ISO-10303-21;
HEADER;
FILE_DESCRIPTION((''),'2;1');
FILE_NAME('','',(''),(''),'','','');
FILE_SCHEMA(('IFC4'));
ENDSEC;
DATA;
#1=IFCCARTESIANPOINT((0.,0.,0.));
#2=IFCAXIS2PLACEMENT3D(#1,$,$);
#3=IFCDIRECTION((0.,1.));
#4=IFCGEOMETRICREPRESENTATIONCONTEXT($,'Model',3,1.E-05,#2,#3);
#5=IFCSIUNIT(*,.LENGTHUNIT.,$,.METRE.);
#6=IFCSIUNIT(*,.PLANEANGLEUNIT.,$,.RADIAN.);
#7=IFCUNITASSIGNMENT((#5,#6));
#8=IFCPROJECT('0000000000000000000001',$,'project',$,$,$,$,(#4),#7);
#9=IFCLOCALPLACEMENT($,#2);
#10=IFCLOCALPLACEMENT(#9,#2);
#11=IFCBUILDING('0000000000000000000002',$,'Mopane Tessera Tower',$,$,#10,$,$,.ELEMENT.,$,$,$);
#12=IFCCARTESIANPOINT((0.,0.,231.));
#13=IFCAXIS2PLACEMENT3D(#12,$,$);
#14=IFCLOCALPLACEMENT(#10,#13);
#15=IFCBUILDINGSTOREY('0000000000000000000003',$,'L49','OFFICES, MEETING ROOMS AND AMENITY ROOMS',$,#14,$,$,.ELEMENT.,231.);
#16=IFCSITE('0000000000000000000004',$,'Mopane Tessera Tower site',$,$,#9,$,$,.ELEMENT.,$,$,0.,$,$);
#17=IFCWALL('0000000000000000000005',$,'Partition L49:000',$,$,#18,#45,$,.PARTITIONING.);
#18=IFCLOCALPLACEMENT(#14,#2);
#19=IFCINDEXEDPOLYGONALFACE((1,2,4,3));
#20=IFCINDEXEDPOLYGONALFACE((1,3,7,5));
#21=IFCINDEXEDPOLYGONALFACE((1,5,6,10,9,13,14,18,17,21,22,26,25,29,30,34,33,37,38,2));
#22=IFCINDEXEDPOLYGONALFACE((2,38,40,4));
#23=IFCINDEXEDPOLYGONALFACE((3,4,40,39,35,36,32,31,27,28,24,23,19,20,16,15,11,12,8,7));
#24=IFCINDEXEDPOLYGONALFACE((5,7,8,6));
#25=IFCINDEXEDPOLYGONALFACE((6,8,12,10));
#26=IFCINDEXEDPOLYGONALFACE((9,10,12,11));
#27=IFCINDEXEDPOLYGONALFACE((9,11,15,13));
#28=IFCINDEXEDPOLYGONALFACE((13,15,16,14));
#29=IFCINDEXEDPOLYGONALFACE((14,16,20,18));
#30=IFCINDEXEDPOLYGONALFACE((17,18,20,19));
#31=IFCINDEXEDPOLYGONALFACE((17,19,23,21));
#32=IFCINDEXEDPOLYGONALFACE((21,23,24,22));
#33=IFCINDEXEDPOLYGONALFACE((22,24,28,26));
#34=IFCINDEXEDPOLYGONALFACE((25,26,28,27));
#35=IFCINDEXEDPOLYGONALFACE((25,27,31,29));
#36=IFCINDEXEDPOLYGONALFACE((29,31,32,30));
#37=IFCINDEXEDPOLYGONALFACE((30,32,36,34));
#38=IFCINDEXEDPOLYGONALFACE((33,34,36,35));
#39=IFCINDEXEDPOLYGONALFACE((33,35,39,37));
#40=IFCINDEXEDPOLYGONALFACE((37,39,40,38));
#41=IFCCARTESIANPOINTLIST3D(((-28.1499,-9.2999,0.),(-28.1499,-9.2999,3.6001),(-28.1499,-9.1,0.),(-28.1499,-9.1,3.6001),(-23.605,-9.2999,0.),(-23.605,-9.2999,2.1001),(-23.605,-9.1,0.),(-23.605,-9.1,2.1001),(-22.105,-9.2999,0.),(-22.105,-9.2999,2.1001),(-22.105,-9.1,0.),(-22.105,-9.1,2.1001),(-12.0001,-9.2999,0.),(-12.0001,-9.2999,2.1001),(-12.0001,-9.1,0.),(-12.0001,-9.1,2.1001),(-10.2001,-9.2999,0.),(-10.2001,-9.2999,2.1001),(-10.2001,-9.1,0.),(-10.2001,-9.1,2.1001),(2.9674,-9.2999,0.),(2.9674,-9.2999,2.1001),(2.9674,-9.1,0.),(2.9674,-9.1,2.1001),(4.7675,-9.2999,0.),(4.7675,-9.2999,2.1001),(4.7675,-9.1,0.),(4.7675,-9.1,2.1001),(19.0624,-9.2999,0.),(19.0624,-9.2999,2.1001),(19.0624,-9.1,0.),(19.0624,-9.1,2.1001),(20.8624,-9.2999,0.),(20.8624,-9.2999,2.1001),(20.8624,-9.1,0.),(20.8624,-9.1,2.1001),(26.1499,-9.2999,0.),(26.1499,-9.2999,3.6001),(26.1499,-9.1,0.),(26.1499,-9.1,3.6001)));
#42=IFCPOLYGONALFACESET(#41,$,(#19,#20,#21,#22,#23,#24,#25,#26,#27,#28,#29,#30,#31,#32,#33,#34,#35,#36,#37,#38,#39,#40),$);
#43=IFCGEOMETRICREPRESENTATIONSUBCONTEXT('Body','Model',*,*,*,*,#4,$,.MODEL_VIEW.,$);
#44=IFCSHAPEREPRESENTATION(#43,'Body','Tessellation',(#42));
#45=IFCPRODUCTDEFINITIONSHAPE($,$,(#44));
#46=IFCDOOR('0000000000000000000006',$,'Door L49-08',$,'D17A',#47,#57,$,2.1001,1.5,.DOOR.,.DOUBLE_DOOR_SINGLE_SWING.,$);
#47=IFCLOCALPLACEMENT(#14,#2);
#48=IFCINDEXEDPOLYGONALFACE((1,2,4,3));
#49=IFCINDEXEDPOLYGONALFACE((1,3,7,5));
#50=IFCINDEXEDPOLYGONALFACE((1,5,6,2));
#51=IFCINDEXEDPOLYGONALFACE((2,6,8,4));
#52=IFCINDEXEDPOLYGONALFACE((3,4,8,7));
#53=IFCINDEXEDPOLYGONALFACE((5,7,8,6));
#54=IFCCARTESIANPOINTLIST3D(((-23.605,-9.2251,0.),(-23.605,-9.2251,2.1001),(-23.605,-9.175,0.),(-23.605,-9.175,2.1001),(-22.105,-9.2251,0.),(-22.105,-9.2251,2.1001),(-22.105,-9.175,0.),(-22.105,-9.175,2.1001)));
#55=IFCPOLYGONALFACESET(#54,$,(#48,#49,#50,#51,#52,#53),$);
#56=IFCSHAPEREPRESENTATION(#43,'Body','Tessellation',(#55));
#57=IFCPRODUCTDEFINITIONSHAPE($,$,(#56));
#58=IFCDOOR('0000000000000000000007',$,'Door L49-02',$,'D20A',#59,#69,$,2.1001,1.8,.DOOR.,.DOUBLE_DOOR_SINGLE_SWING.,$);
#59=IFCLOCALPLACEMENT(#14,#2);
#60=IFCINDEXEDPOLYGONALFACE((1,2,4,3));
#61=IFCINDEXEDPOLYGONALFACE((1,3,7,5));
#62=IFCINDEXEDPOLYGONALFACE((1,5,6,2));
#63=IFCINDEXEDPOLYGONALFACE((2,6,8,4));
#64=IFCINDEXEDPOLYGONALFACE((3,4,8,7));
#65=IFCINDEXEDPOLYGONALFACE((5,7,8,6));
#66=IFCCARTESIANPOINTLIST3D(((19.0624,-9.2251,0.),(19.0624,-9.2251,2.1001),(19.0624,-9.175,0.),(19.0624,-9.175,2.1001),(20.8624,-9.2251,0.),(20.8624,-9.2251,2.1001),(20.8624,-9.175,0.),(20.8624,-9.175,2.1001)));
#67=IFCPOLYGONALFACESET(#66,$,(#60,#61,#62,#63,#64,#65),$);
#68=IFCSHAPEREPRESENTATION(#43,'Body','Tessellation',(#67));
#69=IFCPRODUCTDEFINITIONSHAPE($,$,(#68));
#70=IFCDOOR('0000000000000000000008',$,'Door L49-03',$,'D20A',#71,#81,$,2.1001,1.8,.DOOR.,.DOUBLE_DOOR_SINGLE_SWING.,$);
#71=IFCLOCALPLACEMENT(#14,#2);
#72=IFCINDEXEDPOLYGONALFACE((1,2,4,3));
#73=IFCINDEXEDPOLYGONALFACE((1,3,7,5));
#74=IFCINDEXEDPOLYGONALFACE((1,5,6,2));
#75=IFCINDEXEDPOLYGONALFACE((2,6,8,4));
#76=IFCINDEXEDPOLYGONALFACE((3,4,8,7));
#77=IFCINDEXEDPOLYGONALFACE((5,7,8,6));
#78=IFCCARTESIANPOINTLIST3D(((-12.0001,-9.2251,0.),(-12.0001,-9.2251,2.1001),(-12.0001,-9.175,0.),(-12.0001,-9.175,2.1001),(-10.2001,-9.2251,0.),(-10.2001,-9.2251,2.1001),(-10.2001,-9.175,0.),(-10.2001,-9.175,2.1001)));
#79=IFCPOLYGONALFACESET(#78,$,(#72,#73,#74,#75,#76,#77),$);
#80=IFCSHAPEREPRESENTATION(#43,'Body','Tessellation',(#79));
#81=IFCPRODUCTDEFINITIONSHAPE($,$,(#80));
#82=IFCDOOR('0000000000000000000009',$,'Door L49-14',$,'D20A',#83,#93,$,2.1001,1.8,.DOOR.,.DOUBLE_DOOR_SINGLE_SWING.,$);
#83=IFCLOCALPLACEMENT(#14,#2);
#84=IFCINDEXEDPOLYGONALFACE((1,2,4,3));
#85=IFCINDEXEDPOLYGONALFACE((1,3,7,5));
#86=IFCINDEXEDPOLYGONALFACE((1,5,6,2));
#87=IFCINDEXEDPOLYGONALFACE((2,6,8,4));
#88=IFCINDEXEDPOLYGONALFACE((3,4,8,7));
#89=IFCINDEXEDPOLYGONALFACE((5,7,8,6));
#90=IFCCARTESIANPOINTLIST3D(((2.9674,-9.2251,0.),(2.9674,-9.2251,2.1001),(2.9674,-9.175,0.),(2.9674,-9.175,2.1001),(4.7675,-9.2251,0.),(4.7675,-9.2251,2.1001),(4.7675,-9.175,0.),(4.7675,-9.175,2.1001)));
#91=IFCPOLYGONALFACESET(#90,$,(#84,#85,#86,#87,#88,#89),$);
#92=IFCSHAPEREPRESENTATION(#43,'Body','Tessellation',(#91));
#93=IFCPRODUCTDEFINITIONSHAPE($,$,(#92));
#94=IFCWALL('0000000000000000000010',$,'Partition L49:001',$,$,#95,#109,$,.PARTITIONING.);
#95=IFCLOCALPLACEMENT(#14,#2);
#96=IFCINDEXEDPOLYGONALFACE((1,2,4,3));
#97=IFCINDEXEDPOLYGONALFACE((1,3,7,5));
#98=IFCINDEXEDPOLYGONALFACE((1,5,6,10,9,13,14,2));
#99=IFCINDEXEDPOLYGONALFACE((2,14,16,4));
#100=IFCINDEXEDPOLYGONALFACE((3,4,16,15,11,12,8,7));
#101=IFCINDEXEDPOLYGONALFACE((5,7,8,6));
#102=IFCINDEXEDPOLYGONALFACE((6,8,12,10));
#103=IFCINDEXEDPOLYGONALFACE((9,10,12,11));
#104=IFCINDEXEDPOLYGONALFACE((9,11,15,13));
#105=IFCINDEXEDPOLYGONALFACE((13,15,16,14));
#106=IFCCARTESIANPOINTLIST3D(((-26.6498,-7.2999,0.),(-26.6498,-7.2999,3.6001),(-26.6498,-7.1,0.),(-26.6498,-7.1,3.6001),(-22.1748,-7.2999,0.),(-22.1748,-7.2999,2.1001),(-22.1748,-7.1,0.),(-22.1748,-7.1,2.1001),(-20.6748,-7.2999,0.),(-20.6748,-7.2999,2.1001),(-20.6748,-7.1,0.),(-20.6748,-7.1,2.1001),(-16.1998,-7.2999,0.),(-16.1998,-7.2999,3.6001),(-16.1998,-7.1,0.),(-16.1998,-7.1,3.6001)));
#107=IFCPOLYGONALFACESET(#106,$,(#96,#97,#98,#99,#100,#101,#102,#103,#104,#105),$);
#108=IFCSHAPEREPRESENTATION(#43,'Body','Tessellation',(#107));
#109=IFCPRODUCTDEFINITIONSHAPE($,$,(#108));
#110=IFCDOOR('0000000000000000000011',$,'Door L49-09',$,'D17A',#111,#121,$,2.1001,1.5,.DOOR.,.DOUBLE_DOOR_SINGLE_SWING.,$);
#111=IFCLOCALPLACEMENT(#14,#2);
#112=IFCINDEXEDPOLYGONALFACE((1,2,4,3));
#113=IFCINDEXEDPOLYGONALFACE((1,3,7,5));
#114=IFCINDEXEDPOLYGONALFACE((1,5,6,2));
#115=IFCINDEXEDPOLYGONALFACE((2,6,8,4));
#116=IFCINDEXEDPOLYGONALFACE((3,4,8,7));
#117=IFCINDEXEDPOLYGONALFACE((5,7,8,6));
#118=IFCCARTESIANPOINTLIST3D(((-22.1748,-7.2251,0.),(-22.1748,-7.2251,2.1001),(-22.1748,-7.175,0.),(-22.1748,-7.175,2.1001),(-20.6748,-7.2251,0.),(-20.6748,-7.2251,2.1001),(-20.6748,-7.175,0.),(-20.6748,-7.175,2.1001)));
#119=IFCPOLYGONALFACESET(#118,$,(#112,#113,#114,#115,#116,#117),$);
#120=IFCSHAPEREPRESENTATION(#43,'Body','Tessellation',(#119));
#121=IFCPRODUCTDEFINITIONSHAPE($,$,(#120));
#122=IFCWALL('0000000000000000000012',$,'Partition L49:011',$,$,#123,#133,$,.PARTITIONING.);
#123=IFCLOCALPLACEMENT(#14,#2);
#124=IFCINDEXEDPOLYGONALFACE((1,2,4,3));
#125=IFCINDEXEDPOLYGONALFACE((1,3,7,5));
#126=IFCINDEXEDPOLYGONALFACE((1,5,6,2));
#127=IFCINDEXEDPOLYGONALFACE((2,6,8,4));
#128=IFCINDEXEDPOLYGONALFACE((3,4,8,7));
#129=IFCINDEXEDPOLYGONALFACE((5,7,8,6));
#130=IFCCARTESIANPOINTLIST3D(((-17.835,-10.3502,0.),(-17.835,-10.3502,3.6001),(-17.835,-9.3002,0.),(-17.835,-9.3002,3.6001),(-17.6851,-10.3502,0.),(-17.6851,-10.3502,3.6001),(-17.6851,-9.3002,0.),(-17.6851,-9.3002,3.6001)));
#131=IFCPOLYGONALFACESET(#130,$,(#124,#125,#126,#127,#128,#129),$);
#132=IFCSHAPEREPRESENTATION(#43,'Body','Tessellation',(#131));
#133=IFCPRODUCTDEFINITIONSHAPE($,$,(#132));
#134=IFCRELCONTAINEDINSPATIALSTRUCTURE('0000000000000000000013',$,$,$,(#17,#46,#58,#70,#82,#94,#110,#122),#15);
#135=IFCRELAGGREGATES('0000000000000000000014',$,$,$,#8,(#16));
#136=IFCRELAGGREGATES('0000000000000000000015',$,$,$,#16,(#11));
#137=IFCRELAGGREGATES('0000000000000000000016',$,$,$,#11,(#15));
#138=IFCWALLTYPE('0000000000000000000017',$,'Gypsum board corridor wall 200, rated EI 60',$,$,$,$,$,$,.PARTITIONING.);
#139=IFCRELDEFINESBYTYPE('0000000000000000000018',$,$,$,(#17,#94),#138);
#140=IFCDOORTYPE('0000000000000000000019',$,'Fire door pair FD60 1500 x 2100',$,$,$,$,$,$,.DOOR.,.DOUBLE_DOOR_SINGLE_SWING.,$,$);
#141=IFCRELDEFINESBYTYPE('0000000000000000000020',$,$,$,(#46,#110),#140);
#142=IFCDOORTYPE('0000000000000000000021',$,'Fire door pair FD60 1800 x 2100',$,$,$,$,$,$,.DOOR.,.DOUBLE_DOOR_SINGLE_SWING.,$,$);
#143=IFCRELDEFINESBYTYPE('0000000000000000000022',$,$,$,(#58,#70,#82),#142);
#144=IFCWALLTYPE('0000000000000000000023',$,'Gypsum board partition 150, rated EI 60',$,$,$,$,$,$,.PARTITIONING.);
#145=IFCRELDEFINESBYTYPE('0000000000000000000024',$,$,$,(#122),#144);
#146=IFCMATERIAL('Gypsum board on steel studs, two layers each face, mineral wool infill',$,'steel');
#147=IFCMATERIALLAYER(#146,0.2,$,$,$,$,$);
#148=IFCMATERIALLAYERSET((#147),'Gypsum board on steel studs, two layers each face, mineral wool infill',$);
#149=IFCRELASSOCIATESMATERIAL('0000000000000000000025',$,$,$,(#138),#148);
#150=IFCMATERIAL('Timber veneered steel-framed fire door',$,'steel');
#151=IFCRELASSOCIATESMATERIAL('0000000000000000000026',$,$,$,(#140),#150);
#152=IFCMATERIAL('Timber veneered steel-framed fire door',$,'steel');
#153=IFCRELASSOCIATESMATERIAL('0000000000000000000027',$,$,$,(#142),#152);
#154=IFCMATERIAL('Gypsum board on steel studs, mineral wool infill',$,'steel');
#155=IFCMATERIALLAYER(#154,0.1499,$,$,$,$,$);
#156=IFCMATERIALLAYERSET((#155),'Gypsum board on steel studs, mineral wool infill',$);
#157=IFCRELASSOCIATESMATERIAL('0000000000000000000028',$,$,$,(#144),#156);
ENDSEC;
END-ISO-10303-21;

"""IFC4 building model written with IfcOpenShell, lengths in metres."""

from ifc_helpers import new_model, si_unit, direction, frame, frame_2d, origin, place, context, subcontext, project, spatial, rectangle, extrude, material, layer, layer_set, type_object, element, fill, save


model = new_model("IFC4")

# Units and contexts
model_context = context("Model", 3, precision=1e-05, world=origin(), true_north=direction((0.0, 1.0)))
body_context = subcontext(model_context, "Body", "Model", "MODEL_VIEW")
ifc_project = project(units=[si_unit("LENGTHUNIT", "METRE"), si_unit("PLANEANGLEUNIT", "RADIAN")], contexts=[model_context])

# Site, building, storey
site_placement = place(None, origin())
site = spatial("IfcSite", under=ifc_project, at=site_placement, Name="Mopane Tessera Tower site", CompositionType="ELEMENT", RefElevation=0.0)
building_placement = place(site_placement, origin())
building = spatial("IfcBuilding", under=site, at=building_placement, Name="Mopane Tessera Tower", CompositionType="ELEMENT")
storey_placement = place(building_placement, frame((0.0, 0.0, 231.0)))
storey = spatial("IfcBuildingStorey", under=building, at=storey_placement, Name="L49", Description="OFFICES, MEETING ROOMS AND AMENITY ROOMS", CompositionType="ELEMENT", Elevation=231.0)

# Wall, openings, doors
ifc_material_1 = material(Name="Gypsum board on steel studs, two layers each face, mineral wool infill", Category="steel")
ifc_layer_1 = layer(ifc_material_1, 0.2)
ifc_layer_set_1 = layer_set([ifc_layer_1], Name="Gypsum board on steel studs, two layers each face, mineral wool infill")
wall_type_1 = type_object("IfcWallType", Name="Gypsum board corridor wall 200, rated EI 60", PredefinedType="PARTITIONING", material=ifc_layer_set_1)
wall_1_placement = place(storey_placement, frame((-28.1499, -9.2, 0.0), z_axis=(0.0, 0.0, 1.0), x_axis=(1.0, 0.0, 0.0)))
wall_1 = element("IfcWall", 1, at=wall_1_placement, inside=storey, type_object=wall_type_1, Name="Partition L49:000", PredefinedType="PARTITIONING", context=body_context, shape_type="SweptSolid", body=[
    extrude(rectangle(XDim=54.2998, YDim=0.2, at=frame_2d((27.1499, 0.0))), origin(), (0.0, 0.0, 1.0), 3.6001),
])
opening_1_placement = place(wall_1_placement, frame((47.2124, 0.0, 0.0)))
opening_1 = element("IfcOpeningElement", 2, at=opening_1_placement, cuts=wall_1, PredefinedType="OPENING", context=body_context, shape_type="SweptSolid", body=[
    extrude(rectangle(XDim=1.8, YDim=2.1001, at=frame_2d((0.8999, 1.05))), frame((0.0, 0.1121, 0.0), z_axis=(0.0, -1.0, 0.0), x_axis=(1.0, 0.0, 0.0)), (0.0, 0.0, 1.0), 0.2239),
])
opening_2_placement = place(wall_1_placement, frame((16.1499, 0.0, 0.0)))
opening_2 = element("IfcOpeningElement", 3, at=opening_2_placement, cuts=wall_1, PredefinedType="OPENING", context=body_context, shape_type="SweptSolid", body=[
    extrude(rectangle(XDim=1.8, YDim=2.1001, at=frame_2d((0.8999, 1.05))), frame((0.0, 0.1121, 0.0), z_axis=(0.0, -1.0, 0.0), x_axis=(1.0, 0.0, 0.0)), (0.0, 0.0, 1.0), 0.2239),
])
opening_3_placement = place(wall_1_placement, frame((4.5449, 0.0, 0.0)))
opening_3 = element("IfcOpeningElement", 4, at=opening_3_placement, cuts=wall_1, PredefinedType="OPENING", context=body_context, shape_type="SweptSolid", body=[
    extrude(rectangle(XDim=1.5, YDim=2.1001, at=frame_2d((0.75, 1.05))), frame((0.0, 0.1121, 0.0), z_axis=(0.0, -1.0, 0.0), x_axis=(1.0, 0.0, 0.0)), (0.0, 0.0, 1.0), 0.2239),
])
opening_4_placement = place(wall_1_placement, frame((31.1174, 0.0, 0.0)))
opening_4 = element("IfcOpeningElement", 5, at=opening_4_placement, cuts=wall_1, PredefinedType="OPENING", context=body_context, shape_type="SweptSolid", body=[
    extrude(rectangle(XDim=1.8, YDim=2.1001, at=frame_2d((0.8999, 1.05))), frame((0.0, 0.1121, 0.0), z_axis=(0.0, -1.0, 0.0), x_axis=(1.0, 0.0, 0.0)), (0.0, 0.0, 1.0), 0.2239),
])
ifc_material_2 = material(Name="Timber veneered steel-framed fire door", Category="steel")
door_type_1 = type_object("IfcDoorType", Name="Fire door pair FD60 1500 x 2100", OperationType="DOUBLE_DOOR_SINGLE_SWING", PredefinedType="DOOR", material=ifc_material_2)
door_1_placement = place(opening_3_placement, origin())
door_1 = element("IfcDoor", 6, at=door_1_placement, inside=storey, type_object=door_type_1, Name="Door L49-08", ObjectType="D17A", OperationType="DOUBLE_DOOR_SINGLE_SWING", OverallHeight=2.1001, OverallWidth=1.5, PredefinedType="DOOR", context=body_context, shape_type="SweptSolid", body=[
    extrude(rectangle(XDim=1.5, YDim=2.1001, at=frame_2d((0.75, 1.05))), frame((0.0, 0.0249, 0.0), z_axis=(0.0, -1.0, 0.0), x_axis=(1.0, 0.0, 0.0)), (0.0, 0.0, 1.0), 0.05),
])
fill(opening_3, door_1)
ifc_material_3 = material(Name="Timber veneered steel-framed fire door", Category="steel")
door_type_2 = type_object("IfcDoorType", Name="Fire door pair FD60 1800 x 2100", OperationType="DOUBLE_DOOR_SINGLE_SWING", PredefinedType="DOOR", material=ifc_material_3)
door_2_placement = place(opening_1_placement, origin())
door_2 = element("IfcDoor", 7, at=door_2_placement, inside=storey, type_object=door_type_2, Name="Door L49-02", ObjectType="D20A", OperationType="DOUBLE_DOOR_SINGLE_SWING", OverallHeight=2.1001, OverallWidth=1.8, PredefinedType="DOOR", context=body_context, shape_type="SweptSolid", body=[
    extrude(rectangle(XDim=1.8, YDim=2.1001, at=frame_2d((0.8999, 1.05))), frame((0.0, 0.0249, 0.0), z_axis=(0.0, -1.0, 0.0), x_axis=(1.0, 0.0, 0.0)), (0.0, 0.0, 1.0), 0.05),
])
fill(opening_1, door_2)
door_3_placement = place(opening_2_placement, origin())
door_3 = element("IfcDoor", 8, at=door_3_placement, inside=storey, type_object=door_type_2, Name="Door L49-03", ObjectType="D20A", OperationType="DOUBLE_DOOR_SINGLE_SWING", OverallHeight=2.1001, OverallWidth=1.8, PredefinedType="DOOR", context=body_context, shape_type="SweptSolid", body=[
    extrude(rectangle(XDim=1.8, YDim=2.1001, at=frame_2d((0.8999, 1.05))), frame((0.0, 0.0249, 0.0), z_axis=(0.0, -1.0, 0.0), x_axis=(1.0, 0.0, 0.0)), (0.0, 0.0, 1.0), 0.05),
])
fill(opening_2, door_3)
door_4_placement = place(opening_4_placement, origin())
door_4 = element("IfcDoor", 9, at=door_4_placement, inside=storey, type_object=door_type_2, Name="Door L49-14", ObjectType="D20A", OperationType="DOUBLE_DOOR_SINGLE_SWING", OverallHeight=2.1001, OverallWidth=1.8, PredefinedType="DOOR", context=body_context, shape_type="SweptSolid", body=[
    extrude(rectangle(XDim=1.8, YDim=2.1001, at=frame_2d((0.8999, 1.05))), frame((0.0, 0.0249, 0.0), z_axis=(0.0, -1.0, 0.0), x_axis=(1.0, 0.0, 0.0)), (0.0, 0.0, 1.0), 0.05),
])
fill(opening_4, door_4)

# Wall, opening, door
wall_2_placement = place(storey_placement, frame((-26.6499, -7.2, 0.0), z_axis=(0.0, 0.0, 1.0), x_axis=(1.0, 0.0, 0.0)))
wall_2 = element("IfcWall", 10, at=wall_2_placement, inside=storey, type_object=wall_type_1, Name="Partition L49:001", PredefinedType="PARTITIONING", context=body_context, shape_type="SweptSolid", body=[
    extrude(rectangle(XDim=10.45, YDim=0.2, at=frame_2d((5.2251, 0.0))), origin(), (0.0, 0.0, 1.0), 3.6001),
])
opening_5_placement = place(wall_2_placement, frame((4.4751, 0.0, 0.0)))
opening_5 = element("IfcOpeningElement", 11, at=opening_5_placement, cuts=wall_2, PredefinedType="OPENING", context=body_context, shape_type="SweptSolid", body=[
    extrude(rectangle(XDim=1.5, YDim=2.1001, at=frame_2d((0.75, 1.05))), frame((0.0, 0.1121, 0.0), z_axis=(0.0, -1.0, 0.0), x_axis=(1.0, 0.0, 0.0)), (0.0, 0.0, 1.0), 0.2239),
])
door_5_placement = place(opening_5_placement, origin())
door_5 = element("IfcDoor", 12, at=door_5_placement, inside=storey, type_object=door_type_1, Name="Door L49-09", ObjectType="D17A", OperationType="DOUBLE_DOOR_SINGLE_SWING", OverallHeight=2.1001, OverallWidth=1.5, PredefinedType="DOOR", context=body_context, shape_type="SweptSolid", body=[
    extrude(rectangle(XDim=1.5, YDim=2.1001, at=frame_2d((0.75, 1.05))), frame((0.0, 0.0249, 0.0), z_axis=(0.0, -1.0, 0.0), x_axis=(1.0, 0.0, 0.0)), (0.0, 0.0, 1.0), 0.05),
])
fill(opening_5, door_5)

# Wall
ifc_material_4 = material(Name="Gypsum board on steel studs, mineral wool infill", Category="steel")
ifc_layer_2 = layer(ifc_material_4, 0.1499)
ifc_layer_set_2 = layer_set([ifc_layer_2], Name="Gypsum board on steel studs, mineral wool infill")
wall_type_2 = type_object("IfcWallType", Name="Gypsum board partition 150, rated EI 60", PredefinedType="PARTITIONING", material=ifc_layer_set_2)
wall_3_placement = place(storey_placement, frame((-17.76, -10.3501, 0.0), z_axis=(0.0, 0.0, 1.0), x_axis=(0.0, 1.0, 0.0)))
element("IfcWall", 13, at=wall_3_placement, inside=storey, type_object=wall_type_2, Name="Partition L49:011", PredefinedType="PARTITIONING", context=body_context, shape_type="SweptSolid", body=[
    extrude(rectangle(XDim=1.05, YDim=0.1499, at=frame_2d((0.5249, 0.0))), origin(), (0.0, 0.0, 1.0), 3.6001),
])

save(model, "model.ifc")
